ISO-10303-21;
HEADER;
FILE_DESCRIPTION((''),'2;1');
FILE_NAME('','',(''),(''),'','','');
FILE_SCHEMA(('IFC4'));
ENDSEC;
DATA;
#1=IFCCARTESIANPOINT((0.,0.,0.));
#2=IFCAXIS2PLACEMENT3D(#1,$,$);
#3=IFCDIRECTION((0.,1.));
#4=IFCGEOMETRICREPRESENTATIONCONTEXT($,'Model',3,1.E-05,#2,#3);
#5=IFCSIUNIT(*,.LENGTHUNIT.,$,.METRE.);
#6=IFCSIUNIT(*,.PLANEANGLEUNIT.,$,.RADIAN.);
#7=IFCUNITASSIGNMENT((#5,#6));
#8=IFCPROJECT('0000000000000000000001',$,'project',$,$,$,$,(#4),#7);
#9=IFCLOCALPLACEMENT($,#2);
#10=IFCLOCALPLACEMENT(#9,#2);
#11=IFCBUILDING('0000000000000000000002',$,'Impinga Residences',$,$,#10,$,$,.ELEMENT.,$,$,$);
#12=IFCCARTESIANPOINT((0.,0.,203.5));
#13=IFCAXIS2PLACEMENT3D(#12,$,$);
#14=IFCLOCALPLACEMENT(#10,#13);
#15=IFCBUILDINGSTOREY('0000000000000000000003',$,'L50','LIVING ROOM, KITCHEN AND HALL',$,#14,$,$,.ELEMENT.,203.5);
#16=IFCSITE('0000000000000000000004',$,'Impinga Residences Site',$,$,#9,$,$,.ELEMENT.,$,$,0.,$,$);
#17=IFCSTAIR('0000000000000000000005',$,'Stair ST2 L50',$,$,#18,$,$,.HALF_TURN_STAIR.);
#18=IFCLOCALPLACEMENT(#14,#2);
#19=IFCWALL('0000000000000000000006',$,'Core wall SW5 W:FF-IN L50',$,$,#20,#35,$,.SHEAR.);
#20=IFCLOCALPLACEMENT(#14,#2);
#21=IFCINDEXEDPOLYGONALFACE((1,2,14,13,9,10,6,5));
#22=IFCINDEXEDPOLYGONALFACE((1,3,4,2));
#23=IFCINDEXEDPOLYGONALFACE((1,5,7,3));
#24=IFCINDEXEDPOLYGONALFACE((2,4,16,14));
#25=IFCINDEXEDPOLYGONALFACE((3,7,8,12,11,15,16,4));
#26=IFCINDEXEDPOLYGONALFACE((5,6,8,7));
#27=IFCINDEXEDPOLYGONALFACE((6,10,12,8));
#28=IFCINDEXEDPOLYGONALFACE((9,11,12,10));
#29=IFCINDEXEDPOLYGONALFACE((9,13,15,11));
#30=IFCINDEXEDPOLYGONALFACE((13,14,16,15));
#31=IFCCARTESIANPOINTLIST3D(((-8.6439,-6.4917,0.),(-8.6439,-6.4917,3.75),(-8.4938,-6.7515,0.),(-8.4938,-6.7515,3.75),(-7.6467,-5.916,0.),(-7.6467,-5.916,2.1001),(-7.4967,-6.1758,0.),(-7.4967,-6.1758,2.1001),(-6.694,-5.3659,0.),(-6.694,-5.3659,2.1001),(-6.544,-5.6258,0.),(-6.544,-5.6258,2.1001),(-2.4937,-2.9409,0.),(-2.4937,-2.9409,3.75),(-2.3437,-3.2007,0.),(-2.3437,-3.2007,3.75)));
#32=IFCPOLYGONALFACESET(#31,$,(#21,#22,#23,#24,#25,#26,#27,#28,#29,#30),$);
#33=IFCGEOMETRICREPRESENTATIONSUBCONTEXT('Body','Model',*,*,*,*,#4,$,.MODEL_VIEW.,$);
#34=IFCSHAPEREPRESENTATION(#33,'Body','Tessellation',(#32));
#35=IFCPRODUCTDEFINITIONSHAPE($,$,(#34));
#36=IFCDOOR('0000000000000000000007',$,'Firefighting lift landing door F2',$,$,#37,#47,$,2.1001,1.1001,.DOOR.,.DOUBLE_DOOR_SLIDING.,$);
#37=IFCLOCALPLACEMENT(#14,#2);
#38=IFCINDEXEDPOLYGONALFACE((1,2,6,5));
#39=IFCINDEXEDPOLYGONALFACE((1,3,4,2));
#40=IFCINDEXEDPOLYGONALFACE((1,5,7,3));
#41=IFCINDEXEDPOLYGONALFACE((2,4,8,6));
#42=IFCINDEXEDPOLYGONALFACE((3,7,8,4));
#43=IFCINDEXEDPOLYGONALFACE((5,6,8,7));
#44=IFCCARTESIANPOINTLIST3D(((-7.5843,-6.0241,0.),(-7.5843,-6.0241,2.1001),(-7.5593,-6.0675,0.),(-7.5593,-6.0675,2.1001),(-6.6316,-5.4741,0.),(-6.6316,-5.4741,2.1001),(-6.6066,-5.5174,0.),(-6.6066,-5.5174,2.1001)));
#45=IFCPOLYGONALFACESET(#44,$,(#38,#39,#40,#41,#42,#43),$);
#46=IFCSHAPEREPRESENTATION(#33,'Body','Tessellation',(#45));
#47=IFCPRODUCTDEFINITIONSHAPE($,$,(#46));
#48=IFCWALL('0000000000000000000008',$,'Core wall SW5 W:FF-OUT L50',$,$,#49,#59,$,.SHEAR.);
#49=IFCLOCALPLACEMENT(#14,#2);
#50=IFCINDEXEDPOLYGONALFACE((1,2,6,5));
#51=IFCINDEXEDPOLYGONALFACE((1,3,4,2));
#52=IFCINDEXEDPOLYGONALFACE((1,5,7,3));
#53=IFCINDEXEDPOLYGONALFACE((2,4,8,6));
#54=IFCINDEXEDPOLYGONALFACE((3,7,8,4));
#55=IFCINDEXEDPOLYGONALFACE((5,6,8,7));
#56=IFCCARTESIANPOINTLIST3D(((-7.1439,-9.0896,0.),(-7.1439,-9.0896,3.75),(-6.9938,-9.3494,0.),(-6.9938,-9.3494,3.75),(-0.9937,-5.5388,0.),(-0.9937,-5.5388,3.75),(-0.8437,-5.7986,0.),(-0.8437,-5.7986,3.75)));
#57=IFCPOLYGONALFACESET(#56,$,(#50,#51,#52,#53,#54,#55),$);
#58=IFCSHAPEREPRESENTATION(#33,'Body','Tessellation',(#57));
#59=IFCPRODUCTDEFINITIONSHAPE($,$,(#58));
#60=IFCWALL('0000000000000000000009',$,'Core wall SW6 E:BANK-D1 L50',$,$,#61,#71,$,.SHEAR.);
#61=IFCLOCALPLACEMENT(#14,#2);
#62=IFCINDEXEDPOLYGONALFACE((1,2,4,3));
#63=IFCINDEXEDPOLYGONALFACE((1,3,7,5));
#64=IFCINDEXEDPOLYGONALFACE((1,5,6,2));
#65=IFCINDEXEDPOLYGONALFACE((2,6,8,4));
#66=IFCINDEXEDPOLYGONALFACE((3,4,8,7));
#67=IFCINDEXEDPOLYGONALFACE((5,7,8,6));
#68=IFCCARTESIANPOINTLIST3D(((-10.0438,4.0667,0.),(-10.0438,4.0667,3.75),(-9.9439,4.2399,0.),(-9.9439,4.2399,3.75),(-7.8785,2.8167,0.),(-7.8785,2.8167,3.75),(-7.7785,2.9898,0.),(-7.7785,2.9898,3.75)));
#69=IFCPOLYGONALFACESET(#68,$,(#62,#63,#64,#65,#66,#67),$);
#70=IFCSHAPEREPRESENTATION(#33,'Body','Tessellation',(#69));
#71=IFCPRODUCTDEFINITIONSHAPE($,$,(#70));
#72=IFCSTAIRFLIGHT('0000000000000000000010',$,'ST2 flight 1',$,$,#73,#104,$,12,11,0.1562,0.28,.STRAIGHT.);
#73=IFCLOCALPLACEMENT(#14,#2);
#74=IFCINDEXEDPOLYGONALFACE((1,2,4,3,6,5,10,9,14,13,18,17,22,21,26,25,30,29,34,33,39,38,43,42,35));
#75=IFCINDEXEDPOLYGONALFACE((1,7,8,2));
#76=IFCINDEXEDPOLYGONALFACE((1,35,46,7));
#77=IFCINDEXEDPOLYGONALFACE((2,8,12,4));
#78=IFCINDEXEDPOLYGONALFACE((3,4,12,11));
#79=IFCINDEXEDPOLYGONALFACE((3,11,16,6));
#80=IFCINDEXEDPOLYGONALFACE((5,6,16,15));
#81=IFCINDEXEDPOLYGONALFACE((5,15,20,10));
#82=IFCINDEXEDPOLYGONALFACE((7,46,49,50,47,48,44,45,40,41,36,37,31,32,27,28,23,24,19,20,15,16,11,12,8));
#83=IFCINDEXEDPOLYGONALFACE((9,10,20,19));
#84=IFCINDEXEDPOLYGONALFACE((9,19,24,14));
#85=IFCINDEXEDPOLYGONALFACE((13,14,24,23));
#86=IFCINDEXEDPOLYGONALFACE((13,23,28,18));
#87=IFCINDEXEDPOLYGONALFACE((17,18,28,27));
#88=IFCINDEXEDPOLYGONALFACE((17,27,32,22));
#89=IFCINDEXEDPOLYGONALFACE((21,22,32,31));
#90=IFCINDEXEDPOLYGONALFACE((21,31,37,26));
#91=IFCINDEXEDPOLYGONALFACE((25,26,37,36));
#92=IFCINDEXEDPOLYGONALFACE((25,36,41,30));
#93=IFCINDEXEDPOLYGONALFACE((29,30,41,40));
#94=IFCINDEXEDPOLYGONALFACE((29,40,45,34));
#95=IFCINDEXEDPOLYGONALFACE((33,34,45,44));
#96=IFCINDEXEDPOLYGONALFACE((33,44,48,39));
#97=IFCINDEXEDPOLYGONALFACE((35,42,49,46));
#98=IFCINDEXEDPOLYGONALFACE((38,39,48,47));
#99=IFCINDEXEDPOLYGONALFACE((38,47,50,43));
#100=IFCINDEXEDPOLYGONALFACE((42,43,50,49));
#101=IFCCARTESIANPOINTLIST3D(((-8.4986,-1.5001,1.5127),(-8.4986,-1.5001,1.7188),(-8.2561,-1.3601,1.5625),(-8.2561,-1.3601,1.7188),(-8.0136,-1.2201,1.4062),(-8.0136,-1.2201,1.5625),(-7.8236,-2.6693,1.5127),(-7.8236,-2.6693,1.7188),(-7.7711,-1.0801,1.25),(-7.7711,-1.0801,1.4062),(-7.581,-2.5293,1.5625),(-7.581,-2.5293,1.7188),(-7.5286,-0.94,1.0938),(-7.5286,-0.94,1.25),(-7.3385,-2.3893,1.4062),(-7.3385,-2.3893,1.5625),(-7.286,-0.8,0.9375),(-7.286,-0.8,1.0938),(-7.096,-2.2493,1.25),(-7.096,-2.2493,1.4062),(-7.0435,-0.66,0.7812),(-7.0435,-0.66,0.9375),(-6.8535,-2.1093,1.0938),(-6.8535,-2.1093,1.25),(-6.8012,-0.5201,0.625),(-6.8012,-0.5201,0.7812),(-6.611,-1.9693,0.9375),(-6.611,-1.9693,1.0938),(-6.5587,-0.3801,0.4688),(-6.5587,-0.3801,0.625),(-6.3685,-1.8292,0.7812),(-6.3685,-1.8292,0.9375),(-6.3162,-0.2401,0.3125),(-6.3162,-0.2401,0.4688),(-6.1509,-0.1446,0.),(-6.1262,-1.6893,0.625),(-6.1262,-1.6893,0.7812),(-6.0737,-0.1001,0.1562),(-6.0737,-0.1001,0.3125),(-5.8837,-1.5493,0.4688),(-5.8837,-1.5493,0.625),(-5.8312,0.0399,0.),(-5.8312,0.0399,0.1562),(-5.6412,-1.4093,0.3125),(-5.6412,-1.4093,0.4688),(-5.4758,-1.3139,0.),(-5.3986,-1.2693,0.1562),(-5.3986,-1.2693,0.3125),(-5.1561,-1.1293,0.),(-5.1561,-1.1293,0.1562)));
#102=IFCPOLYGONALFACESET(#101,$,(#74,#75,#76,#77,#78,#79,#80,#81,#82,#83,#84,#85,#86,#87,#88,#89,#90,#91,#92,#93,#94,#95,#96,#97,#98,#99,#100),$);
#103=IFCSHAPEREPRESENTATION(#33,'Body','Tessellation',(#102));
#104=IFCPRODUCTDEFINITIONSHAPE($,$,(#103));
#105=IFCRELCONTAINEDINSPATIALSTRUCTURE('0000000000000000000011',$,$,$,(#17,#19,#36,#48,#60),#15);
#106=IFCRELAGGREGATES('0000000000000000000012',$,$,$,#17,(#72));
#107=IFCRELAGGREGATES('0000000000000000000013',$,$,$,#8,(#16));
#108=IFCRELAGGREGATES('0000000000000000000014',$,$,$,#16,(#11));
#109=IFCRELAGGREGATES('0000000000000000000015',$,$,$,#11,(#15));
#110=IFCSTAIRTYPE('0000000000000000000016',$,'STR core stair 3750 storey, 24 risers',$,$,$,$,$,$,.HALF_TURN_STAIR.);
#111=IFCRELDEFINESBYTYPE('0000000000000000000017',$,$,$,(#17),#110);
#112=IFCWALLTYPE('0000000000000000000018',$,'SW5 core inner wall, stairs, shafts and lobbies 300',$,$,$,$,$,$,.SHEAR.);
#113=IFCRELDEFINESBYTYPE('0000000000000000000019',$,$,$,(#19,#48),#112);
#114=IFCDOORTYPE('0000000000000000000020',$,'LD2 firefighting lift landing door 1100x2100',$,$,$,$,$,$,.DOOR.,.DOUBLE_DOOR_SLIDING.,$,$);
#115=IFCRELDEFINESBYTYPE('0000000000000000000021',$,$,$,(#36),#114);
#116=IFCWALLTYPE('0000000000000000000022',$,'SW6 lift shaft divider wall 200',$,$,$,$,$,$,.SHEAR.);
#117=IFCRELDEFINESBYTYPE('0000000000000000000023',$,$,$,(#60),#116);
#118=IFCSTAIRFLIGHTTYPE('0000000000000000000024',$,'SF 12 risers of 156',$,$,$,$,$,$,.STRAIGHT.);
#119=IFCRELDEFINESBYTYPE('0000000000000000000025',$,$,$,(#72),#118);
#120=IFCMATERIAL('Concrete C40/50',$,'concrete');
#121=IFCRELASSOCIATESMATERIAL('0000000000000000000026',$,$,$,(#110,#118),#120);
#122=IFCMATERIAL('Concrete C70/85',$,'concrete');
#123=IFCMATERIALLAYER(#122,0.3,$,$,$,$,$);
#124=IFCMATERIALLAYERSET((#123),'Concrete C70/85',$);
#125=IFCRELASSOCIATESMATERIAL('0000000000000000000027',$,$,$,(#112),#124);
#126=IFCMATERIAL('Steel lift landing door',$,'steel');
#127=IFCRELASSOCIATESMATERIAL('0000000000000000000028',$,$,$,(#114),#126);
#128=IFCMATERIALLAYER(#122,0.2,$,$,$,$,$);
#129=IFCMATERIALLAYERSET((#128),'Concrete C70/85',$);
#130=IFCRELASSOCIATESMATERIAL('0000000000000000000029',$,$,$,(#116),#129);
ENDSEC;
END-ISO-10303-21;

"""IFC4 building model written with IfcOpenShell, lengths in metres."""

from ifc_helpers import new_model, si_unit, direction, frame, frame_2d, origin, place, context, subcontext, project, spatial, polyline, rectangle, outline, extrude, material, layer, layer_set, type_object, element, fill, aggregate, save


model = new_model("IFC4")

# Units and contexts
model_context = context("Model", 3, precision=1e-05, world=origin(), true_north=direction((0.0, 1.0)))
body_context = subcontext(model_context, "Body", "Model", "MODEL_VIEW")
ifc_project = project(units=[si_unit("LENGTHUNIT", "METRE"), si_unit("PLANEANGLEUNIT", "RADIAN")], contexts=[model_context])

# Site, building, storey
site_placement = place(None, origin())
site = spatial("IfcSite", under=ifc_project, at=site_placement, Name="Impinga Residences Site", CompositionType="ELEMENT", RefElevation=0.0)
building_placement = place(site_placement, origin())
building = spatial("IfcBuilding", under=site, at=building_placement, Name="Impinga Residences", CompositionType="ELEMENT")
storey_placement = place(building_placement, frame((0.0, 0.0, 203.5)))
storey = spatial("IfcBuildingStorey", under=building, at=storey_placement, Name="L50", Description="LIVING ROOM, KITCHEN AND HALL", CompositionType="ELEMENT", Elevation=203.5)

# Stair
ifc_material_1 = material(Name="Concrete C40/50", Category="concrete")
stair_type_1 = type_object("IfcStairType", Name="STR core stair 3750 storey, 24 risers", PredefinedType="HALF_TURN_STAIR", material=ifc_material_1)
stair_1_placement = place(storey_placement, origin())
stair_1 = element("IfcStair", 1, at=stair_1_placement, inside=storey, type_object=stair_type_1, Name="Stair ST2 L50", PredefinedType="HALF_TURN_STAIR")

# Shared definitions
ifc_material_2 = material(Name="Concrete C70/85", Category="concrete")
ifc_layer_1 = layer(ifc_material_2, 0.3)
ifc_layer_set_1 = layer_set([ifc_layer_1], Name="Concrete C70/85")
wall_type_1 = type_object("IfcWallType", Name="SW5 core inner wall, stairs, shafts and lobbies 300", PredefinedType="SHEAR", material=ifc_layer_set_1)

# Wall, opening, door
wall_1_placement = place(storey_placement, frame((-2.4187, -3.0708, 0.0), z_axis=(0.0, 0.0, 1.0), x_axis=(-0.866026, -0.499999, 0.0)))
wall_1 = element("IfcWall", 2, at=wall_1_placement, inside=storey, type_object=wall_type_1, Name="Core wall SW5 W:FF-IN L50", PredefinedType="SHEAR", context=body_context, shape_type="SweptSolid", body=[
    extrude(rectangle(XDim=7.1016, YDim=0.3, at=frame_2d((3.5508, 0.0))), origin(), (0.0, 0.0, 1.0), 3.75),
])
opening_1_placement = place(wall_1_placement, frame((4.8501, 0.0, 0.0)))
opening_1 = element("IfcOpeningElement", 3, at=opening_1_placement, cuts=wall_1, PredefinedType="OPENING", context=body_context, shape_type="SweptSolid", body=[
    extrude(rectangle(XDim=1.1001, YDim=2.1001, at=frame_2d((0.55, 1.05))), frame((0.0, 0.1599, 0.0), z_axis=(0.0, -1.0, 0.0), x_axis=(1.0, 0.0, 0.0)), (0.0, 0.0, 1.0), 0.3201),
])
ifc_material_3 = material(Name="Steel lift landing door", Category="steel")
door_type_1 = type_object("IfcDoorType", Name="LD2 firefighting lift landing door 1100x2100", OperationType="DOUBLE_DOOR_SLIDING", PredefinedType="DOOR", material=ifc_material_3)
door_1_placement = place(opening_1_placement, origin())
door_1 = element("IfcDoor", 4, at=door_1_placement, inside=storey, type_object=door_type_1, Name="Firefighting lift landing door F2", OperationType="DOUBLE_DOOR_SLIDING", OverallHeight=2.1001, OverallWidth=1.1001, PredefinedType="DOOR", context=body_context, shape_type="SweptSolid", body=[
    extrude(rectangle(XDim=1.1001, YDim=2.1001, at=frame_2d((0.55, 1.05))), frame((0.0, 0.0249, 0.0), z_axis=(0.0, -1.0, 0.0), x_axis=(1.0, 0.0, 0.0)), (0.0, 0.0, 1.0), 0.05),
])
fill(opening_1, door_1)

# Walls
wall_2_placement = place(storey_placement, frame((-0.9187, -5.6687, 0.0), z_axis=(0.0, 0.0, 1.0), x_axis=(-0.866026, -0.499999, 0.0)))
element("IfcWall", 5, at=wall_2_placement, inside=storey, type_object=wall_type_1, Name="Core wall SW5 W:FF-OUT L50", PredefinedType="SHEAR", context=body_context, shape_type="SweptSolid", body=[
    extrude(rectangle(XDim=7.1016, YDim=0.3, at=frame_2d((3.5508, 0.0))), origin(), (0.0, 0.0, 1.0), 3.75),
])
ifc_layer_2 = layer(ifc_material_2, 0.2)
ifc_layer_set_2 = layer_set([ifc_layer_2], Name="Concrete C70/85")
wall_type_2 = type_object("IfcWallType", Name="SW6 lift shaft divider wall 200", PredefinedType="SHEAR", material=ifc_layer_set_2)
wall_3_placement = place(storey_placement, frame((-7.8286, 2.9033, 0.0), z_axis=(0.0, 0.0, 1.0), x_axis=(-0.866047, 0.499962, 0.0)))
element("IfcWall", 6, at=wall_3_placement, inside=storey, type_object=wall_type_2, Name="Core wall SW6 E:BANK-D1 L50", PredefinedType="SHEAR", context=body_context, shape_type="SweptSolid", body=[
    extrude(rectangle(XDim=2.5002, YDim=0.2, at=frame_2d((1.25, 0.0))), origin(), (0.0, 0.0, 1.0), 3.75),
])

# Stair flight
stair_flight_type = type_object("IfcStairFlightType", Name="SF 12 risers of 156", PredefinedType="STRAIGHT", material=ifc_material_1)
stair_flight_placement = place(storey_placement, frame((-5.4937, -0.5447, 0.0), z_axis=(0.0, 0.0, 1.0), x_axis=(-0.866025, -0.5, 0.0)))
stair_flight = element("IfcStairFlight", 7, at=stair_flight_placement, type_object=stair_flight_type, Name="ST2 flight 1", NumberOfRisers=12, NumberOfTreads=11, PredefinedType="STRAIGHT", RiserHeight=0.1562, TreadLength=0.28, context=body_context, shape_type="SweptSolid", body=[
    extrude(outline(polyline([(0.0, 0.0), (0.0, 0.1562), (0.28, 0.1562), (0.28, 0.3125), (0.5601, 0.3125), (0.5601, 0.4688), (0.8401, 0.4688), (0.8401, 0.625), (1.1201, 0.625), (1.1201, 0.7812), (1.3999, 0.7812), (1.3999, 0.9375), (1.6799, 0.9375), (1.6799, 1.0938), (1.96, 1.0938), (1.96, 1.25), (2.24, 1.25), (2.24, 1.4062), (2.52, 1.4062), (2.52, 1.5625), (2.8, 1.5625), (2.8, 1.7188), (3.0801, 1.7188), (3.0801, 1.875), (3.0801, 1.5127), (0.3691, 0.0), (0.0, 0.0)])), frame((0.0, 0.675, 0.0), z_axis=(0.0, -1.0, 0.0), x_axis=(1.0, 0.0, 0.0)), (0.0, 0.0, 1.0), 1.3501),
])
aggregate(stair_1, [stair_flight])

save(model, "model.ifc")
